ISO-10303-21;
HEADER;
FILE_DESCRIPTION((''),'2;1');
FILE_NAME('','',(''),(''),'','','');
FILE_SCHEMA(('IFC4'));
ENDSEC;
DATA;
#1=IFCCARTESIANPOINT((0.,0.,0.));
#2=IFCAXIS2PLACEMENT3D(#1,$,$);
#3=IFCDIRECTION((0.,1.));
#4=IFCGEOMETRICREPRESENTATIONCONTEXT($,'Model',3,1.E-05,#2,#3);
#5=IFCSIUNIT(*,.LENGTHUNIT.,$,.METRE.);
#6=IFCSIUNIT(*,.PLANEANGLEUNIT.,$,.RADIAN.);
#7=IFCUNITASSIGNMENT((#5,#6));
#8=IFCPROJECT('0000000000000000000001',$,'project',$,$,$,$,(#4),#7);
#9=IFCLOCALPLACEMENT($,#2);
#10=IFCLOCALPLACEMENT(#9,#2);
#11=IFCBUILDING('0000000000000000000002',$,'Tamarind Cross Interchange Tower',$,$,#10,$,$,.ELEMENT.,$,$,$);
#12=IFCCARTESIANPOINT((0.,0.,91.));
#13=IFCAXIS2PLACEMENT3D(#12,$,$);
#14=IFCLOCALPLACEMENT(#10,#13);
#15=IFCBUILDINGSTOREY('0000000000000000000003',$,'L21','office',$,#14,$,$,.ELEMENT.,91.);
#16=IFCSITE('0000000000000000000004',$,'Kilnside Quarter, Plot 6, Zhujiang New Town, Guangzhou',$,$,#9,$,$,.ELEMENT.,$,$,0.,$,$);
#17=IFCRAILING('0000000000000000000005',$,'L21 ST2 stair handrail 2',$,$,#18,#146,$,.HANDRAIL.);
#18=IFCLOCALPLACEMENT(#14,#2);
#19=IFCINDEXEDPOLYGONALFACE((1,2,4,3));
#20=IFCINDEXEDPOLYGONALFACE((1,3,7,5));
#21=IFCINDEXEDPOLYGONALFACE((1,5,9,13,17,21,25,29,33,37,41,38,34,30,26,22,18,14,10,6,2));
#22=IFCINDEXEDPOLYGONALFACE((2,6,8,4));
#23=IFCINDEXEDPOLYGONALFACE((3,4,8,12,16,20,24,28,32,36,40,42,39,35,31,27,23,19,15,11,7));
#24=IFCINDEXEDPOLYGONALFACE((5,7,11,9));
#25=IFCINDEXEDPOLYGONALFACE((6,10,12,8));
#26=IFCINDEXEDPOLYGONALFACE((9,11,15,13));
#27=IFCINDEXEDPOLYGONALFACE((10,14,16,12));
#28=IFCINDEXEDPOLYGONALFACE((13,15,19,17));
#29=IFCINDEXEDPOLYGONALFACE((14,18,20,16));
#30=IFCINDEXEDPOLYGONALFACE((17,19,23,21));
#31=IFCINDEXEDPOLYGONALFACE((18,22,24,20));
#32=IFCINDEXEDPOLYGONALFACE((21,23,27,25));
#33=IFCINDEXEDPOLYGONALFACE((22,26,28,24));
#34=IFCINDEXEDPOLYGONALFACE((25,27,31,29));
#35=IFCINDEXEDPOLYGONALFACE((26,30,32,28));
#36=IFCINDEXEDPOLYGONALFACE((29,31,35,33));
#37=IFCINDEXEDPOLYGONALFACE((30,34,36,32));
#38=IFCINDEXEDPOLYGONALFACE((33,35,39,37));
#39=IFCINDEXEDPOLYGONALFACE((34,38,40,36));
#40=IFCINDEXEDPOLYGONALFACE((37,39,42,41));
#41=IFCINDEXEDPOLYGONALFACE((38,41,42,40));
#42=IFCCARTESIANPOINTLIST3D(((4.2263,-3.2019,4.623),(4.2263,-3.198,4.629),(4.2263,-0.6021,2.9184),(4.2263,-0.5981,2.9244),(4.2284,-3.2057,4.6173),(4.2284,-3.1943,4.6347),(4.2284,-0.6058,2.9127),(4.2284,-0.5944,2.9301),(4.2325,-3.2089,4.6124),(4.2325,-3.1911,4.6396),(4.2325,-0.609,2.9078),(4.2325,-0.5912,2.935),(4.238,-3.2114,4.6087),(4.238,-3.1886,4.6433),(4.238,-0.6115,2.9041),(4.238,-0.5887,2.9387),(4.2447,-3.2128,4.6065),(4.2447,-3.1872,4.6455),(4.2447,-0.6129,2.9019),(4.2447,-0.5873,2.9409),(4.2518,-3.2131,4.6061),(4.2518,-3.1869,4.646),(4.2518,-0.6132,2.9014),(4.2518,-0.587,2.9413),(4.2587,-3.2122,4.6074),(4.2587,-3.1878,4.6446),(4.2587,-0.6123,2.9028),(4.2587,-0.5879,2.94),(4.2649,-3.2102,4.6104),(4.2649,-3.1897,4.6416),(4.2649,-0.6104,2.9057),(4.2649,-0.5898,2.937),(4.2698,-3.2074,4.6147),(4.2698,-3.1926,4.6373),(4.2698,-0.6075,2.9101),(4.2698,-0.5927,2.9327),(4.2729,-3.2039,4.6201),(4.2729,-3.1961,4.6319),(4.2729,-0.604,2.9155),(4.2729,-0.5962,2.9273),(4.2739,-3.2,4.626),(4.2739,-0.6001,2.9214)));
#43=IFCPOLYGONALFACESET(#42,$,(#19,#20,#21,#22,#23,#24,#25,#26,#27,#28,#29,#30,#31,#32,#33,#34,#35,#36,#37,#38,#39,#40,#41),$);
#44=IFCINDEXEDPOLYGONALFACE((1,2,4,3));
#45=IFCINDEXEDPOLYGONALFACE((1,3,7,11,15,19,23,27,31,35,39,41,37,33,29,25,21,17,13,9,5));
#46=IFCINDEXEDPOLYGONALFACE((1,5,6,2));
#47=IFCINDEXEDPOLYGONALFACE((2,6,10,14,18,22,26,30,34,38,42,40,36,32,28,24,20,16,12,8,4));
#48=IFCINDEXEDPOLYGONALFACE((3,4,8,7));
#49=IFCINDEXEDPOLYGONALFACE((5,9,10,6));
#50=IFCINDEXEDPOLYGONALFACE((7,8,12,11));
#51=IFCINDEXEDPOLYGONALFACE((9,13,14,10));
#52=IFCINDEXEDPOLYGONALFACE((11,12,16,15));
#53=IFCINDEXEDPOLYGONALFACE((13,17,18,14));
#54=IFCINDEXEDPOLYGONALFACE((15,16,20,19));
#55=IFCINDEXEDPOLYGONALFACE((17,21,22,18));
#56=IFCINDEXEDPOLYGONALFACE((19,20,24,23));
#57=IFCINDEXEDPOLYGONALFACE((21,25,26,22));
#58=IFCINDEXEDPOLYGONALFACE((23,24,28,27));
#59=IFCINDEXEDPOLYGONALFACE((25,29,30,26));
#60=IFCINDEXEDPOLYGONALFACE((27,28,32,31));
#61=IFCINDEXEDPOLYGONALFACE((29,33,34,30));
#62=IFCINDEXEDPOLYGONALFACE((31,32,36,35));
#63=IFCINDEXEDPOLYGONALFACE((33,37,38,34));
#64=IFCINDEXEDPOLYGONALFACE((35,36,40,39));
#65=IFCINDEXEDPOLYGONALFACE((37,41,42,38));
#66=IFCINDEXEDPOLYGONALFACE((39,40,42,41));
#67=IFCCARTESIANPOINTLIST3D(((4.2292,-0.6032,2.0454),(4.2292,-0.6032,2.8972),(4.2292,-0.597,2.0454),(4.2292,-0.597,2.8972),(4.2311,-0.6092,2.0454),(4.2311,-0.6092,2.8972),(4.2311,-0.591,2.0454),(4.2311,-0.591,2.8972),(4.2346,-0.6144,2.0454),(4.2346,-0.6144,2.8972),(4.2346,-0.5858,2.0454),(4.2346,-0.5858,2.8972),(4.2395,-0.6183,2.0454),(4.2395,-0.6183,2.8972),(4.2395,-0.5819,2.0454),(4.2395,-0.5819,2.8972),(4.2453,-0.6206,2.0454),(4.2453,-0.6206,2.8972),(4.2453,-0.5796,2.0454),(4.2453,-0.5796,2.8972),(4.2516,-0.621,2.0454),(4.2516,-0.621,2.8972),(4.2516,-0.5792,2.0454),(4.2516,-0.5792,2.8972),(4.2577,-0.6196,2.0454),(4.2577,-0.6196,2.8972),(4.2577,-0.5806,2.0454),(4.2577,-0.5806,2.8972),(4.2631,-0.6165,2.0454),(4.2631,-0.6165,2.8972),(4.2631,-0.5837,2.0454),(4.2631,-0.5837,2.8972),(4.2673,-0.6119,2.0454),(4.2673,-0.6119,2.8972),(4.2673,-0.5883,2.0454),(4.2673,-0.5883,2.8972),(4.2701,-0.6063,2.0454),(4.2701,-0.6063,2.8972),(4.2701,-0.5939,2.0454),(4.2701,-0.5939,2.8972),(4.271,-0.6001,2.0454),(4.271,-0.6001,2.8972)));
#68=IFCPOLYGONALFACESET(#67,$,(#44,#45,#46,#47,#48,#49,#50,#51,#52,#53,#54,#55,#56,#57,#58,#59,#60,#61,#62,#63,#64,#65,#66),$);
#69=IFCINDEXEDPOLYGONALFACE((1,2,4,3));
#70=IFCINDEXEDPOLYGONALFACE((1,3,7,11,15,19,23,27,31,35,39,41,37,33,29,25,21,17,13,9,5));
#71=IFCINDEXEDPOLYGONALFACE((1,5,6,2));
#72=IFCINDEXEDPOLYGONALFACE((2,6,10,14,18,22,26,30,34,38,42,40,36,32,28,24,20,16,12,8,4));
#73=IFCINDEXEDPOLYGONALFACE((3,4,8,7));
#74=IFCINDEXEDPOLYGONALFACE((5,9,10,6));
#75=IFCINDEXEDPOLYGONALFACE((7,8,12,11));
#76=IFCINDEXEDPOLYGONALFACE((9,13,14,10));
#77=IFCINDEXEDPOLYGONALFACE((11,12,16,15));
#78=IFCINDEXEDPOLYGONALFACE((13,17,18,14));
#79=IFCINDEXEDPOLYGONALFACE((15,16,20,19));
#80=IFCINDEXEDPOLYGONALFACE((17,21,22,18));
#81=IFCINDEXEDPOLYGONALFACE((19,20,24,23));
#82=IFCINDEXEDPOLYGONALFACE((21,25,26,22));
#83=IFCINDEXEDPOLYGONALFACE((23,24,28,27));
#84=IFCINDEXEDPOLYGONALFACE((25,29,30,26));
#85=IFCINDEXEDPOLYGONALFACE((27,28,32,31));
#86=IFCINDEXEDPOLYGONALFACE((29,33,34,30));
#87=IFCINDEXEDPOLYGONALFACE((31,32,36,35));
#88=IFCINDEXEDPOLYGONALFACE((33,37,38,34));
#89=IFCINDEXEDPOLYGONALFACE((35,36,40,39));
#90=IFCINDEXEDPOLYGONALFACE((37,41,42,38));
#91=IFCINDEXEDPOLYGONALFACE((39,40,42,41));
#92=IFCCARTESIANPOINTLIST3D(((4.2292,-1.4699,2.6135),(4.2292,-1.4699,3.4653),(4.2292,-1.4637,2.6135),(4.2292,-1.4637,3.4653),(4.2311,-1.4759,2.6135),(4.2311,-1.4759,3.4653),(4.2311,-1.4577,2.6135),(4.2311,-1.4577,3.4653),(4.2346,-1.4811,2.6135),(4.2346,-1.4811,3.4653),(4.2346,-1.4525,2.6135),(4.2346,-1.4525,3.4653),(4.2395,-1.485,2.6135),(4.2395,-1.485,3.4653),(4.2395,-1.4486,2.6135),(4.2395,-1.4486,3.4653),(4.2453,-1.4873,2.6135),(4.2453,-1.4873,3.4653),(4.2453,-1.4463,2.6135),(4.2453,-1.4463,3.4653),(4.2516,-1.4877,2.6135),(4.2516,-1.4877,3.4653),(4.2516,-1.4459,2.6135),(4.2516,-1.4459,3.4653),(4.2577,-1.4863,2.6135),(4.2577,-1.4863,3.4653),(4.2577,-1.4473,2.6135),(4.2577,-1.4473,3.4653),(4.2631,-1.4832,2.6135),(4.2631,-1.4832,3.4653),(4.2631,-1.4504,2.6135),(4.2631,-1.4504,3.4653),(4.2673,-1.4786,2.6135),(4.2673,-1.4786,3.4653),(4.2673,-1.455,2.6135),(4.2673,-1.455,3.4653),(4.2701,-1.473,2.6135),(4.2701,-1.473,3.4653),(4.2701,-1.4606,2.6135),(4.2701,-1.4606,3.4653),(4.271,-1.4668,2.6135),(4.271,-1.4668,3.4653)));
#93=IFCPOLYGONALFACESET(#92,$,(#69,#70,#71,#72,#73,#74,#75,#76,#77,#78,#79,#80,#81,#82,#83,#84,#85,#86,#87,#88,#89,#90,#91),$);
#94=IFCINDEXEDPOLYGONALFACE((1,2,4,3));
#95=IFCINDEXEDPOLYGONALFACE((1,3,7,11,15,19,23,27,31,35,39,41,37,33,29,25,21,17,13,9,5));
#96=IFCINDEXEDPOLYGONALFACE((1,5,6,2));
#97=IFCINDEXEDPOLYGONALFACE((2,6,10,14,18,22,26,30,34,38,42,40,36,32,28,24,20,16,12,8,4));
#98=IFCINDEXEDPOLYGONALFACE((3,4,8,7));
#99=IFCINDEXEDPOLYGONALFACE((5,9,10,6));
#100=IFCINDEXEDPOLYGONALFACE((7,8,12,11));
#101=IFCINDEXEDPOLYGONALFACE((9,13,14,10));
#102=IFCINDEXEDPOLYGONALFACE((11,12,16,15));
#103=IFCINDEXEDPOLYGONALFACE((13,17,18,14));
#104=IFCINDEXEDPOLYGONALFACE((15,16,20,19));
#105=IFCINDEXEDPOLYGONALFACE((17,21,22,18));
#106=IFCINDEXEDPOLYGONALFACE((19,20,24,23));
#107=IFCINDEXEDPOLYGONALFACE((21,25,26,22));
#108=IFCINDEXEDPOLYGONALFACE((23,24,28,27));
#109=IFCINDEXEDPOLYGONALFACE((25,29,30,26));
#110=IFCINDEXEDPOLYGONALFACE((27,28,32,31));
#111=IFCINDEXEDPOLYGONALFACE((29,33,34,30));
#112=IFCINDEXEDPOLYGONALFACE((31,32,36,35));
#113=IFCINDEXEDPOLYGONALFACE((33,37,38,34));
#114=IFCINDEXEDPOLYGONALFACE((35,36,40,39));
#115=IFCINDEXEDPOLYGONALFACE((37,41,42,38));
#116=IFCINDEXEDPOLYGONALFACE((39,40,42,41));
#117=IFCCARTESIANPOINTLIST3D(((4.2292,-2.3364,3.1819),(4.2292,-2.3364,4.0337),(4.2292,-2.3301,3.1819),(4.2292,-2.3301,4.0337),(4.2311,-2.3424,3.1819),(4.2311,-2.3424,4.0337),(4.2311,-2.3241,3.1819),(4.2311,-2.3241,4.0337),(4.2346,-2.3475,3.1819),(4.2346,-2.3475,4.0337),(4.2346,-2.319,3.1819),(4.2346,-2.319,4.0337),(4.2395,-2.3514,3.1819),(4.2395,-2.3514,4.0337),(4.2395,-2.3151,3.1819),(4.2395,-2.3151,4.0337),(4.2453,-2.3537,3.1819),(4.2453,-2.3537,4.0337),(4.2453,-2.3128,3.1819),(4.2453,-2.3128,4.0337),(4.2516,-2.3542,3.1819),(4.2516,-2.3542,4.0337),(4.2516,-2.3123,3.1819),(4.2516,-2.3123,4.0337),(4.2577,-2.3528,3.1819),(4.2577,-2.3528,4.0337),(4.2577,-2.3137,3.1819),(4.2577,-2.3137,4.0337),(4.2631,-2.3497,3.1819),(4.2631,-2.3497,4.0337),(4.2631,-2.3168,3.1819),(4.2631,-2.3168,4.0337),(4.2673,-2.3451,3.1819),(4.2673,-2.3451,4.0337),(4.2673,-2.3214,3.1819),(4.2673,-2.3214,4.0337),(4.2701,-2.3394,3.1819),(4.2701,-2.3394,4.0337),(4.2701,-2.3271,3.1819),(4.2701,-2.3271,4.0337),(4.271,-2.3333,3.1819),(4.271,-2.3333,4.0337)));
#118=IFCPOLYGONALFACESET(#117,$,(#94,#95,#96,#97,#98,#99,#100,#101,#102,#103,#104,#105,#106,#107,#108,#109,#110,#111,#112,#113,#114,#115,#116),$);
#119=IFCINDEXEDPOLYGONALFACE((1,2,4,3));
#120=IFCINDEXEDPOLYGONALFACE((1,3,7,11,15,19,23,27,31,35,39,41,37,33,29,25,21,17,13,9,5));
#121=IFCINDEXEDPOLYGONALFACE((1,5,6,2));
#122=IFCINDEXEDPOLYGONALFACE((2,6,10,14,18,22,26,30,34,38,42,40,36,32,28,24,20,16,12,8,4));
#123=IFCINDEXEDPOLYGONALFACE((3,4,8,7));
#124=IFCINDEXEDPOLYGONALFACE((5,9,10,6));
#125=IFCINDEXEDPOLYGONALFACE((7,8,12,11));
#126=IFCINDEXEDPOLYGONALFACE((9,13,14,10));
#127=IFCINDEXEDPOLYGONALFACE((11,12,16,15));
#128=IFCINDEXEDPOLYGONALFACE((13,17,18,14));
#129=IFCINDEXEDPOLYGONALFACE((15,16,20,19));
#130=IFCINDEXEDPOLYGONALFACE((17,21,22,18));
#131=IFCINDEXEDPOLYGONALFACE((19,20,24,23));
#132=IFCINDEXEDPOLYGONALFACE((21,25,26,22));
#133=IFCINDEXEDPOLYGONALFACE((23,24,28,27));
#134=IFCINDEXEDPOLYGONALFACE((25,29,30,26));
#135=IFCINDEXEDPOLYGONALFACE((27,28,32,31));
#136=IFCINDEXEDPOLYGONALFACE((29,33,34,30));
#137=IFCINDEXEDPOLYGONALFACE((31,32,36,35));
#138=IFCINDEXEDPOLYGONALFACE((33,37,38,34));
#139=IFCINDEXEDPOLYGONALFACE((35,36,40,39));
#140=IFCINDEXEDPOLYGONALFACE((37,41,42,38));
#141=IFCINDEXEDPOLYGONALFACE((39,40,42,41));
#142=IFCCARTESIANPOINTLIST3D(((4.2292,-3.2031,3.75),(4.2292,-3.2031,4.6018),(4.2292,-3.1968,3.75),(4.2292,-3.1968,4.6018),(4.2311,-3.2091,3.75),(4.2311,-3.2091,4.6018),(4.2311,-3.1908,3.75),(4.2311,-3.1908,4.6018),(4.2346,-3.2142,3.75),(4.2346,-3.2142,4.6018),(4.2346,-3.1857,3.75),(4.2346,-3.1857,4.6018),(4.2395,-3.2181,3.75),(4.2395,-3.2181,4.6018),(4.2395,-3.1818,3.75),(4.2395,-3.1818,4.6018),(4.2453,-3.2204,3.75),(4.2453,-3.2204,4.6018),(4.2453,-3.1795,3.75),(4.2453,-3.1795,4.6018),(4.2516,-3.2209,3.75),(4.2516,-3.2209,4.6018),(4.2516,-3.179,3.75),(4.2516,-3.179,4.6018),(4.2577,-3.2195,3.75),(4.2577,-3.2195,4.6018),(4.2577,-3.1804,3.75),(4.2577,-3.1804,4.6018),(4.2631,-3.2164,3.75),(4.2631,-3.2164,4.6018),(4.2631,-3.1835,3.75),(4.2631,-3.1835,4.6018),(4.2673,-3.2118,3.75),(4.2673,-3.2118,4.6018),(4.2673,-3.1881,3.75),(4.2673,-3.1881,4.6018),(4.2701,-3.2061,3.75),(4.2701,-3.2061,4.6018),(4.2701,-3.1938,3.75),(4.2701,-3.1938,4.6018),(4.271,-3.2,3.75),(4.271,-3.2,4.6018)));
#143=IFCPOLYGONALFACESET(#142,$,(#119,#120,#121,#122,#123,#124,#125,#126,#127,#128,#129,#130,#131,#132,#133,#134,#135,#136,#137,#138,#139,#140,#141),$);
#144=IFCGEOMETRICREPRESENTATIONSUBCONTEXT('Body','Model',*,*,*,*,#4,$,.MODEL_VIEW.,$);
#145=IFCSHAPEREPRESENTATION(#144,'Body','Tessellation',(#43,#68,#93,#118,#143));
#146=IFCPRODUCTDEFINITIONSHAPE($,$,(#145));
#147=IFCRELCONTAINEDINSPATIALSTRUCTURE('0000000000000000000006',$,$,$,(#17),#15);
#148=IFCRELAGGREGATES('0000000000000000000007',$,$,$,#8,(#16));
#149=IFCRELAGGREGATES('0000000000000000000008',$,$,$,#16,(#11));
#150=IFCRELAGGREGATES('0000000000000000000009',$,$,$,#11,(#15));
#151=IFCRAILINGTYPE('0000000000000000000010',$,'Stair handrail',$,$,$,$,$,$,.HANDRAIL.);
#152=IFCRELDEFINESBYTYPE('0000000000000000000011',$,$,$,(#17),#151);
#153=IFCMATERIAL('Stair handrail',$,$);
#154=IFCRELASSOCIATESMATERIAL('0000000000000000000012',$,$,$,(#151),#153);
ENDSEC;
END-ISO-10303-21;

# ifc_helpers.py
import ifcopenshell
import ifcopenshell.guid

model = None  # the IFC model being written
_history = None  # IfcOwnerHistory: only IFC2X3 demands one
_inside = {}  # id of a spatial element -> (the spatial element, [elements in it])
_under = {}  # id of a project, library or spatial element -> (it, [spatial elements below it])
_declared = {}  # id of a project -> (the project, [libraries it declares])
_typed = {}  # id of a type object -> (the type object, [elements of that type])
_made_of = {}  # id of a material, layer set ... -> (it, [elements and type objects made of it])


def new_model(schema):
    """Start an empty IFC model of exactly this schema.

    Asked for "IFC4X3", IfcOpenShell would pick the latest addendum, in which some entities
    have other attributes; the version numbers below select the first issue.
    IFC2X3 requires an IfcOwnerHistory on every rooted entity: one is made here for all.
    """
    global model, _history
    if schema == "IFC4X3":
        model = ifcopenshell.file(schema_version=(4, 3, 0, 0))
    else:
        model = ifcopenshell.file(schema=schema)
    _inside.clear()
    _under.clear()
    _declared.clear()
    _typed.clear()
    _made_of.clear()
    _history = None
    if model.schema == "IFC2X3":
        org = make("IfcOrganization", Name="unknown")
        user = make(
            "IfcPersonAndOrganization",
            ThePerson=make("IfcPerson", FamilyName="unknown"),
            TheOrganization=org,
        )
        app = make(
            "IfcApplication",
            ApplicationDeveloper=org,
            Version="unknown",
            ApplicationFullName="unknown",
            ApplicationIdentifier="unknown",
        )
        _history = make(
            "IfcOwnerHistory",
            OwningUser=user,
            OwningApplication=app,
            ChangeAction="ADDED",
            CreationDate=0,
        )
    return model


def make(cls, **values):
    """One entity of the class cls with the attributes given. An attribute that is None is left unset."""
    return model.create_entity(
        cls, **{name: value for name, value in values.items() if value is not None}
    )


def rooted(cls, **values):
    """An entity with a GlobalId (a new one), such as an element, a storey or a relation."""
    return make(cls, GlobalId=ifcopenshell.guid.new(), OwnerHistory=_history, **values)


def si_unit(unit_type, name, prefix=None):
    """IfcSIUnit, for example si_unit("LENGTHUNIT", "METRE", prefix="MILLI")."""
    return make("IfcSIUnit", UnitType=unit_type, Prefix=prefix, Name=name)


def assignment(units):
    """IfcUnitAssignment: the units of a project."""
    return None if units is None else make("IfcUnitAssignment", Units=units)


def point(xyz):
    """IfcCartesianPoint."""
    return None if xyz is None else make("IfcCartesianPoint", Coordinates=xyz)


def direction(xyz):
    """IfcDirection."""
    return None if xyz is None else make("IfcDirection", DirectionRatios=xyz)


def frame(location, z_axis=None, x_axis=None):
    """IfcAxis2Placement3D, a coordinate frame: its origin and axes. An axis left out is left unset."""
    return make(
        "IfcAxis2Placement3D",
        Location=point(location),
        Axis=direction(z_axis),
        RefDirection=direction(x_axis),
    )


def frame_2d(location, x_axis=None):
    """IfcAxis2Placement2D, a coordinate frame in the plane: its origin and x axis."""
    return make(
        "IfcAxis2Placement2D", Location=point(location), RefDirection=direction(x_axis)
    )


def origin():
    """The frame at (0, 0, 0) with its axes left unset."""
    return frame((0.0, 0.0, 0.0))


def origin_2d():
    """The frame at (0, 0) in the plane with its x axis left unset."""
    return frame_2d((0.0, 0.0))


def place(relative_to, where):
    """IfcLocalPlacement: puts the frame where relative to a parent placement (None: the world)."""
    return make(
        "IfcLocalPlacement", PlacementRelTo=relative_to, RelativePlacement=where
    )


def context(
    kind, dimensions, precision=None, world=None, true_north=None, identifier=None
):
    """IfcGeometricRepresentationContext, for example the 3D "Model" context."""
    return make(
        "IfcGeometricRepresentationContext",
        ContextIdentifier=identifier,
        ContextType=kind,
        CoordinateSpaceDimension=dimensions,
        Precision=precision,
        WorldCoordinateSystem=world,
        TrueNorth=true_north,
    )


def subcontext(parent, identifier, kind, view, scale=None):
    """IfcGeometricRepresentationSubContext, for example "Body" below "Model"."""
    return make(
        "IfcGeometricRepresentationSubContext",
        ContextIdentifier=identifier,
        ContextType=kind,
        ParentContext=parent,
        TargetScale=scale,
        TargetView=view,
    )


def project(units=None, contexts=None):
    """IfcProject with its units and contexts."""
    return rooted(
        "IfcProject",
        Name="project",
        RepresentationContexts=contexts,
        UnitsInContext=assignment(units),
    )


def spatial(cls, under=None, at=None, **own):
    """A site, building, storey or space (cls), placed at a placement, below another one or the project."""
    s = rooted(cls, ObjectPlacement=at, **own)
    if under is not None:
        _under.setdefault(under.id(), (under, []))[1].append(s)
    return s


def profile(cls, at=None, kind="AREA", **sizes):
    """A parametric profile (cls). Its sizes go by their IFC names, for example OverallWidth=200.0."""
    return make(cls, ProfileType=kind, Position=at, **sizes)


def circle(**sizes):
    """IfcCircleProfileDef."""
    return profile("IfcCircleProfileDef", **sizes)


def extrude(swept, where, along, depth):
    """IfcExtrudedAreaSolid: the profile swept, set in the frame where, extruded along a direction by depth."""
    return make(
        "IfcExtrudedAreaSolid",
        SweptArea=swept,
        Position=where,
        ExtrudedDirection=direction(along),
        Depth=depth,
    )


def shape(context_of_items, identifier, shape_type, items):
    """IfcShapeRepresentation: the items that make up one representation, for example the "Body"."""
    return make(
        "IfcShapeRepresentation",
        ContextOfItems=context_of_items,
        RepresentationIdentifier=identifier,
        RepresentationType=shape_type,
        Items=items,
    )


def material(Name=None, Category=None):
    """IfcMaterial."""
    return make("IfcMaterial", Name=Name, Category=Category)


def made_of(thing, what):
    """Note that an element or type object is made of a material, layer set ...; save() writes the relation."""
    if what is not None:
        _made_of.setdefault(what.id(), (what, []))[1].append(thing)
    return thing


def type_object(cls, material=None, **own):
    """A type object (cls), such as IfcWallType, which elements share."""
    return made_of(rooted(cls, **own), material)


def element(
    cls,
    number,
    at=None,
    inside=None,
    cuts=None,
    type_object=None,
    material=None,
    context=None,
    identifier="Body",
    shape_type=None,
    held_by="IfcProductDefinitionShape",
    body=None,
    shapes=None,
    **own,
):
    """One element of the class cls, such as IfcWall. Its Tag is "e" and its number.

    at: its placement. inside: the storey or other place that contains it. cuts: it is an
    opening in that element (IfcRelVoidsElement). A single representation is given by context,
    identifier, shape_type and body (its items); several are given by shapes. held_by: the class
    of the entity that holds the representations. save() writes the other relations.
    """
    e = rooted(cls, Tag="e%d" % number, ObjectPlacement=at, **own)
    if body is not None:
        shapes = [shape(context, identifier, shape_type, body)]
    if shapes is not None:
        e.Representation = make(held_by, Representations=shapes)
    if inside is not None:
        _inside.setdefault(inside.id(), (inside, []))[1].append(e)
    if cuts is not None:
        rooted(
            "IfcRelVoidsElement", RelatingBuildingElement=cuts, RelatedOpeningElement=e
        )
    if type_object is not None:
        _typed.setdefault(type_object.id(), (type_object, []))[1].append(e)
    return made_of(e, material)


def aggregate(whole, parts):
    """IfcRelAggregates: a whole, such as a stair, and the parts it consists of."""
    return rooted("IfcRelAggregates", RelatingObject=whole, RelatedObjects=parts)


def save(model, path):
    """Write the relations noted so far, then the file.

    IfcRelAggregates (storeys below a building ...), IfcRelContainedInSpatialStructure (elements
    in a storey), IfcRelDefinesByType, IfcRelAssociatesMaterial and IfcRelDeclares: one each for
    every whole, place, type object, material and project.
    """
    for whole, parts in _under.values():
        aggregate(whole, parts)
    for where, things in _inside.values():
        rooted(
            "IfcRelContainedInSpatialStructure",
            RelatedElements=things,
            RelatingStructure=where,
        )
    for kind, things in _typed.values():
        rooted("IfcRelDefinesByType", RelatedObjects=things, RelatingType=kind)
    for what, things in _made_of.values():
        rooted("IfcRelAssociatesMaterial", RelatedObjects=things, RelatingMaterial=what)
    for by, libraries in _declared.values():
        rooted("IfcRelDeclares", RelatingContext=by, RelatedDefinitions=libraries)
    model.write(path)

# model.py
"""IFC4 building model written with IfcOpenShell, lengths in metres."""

from ifc_helpers import new_model, si_unit, direction, frame, origin, origin_2d, place, context, subcontext, project, spatial, circle, extrude, material, type_object, element, save


model = new_model("IFC4")

# Units and contexts
model_context = context("Model", 3, precision=1e-05, world=origin(), true_north=direction((0.0, 1.0)))
body_context = subcontext(model_context, "Body", "Model", "MODEL_VIEW")
ifc_project = project(units=[si_unit("LENGTHUNIT", "METRE"), si_unit("PLANEANGLEUNIT", "RADIAN")], contexts=[model_context])

# Site, building, storey
site_placement = place(None, origin())
site = spatial("IfcSite", under=ifc_project, at=site_placement, Name="Kilnside Quarter, Plot 6, Zhujiang New Town, Guangzhou", CompositionType="ELEMENT", RefElevation=0.0)
building_placement = place(site_placement, origin())
building = spatial("IfcBuilding", under=site, at=building_placement, Name="Tamarind Cross Interchange Tower", CompositionType="ELEMENT")
storey_placement = place(building_placement, frame((0.0, 0.0, 91.0)))
storey = spatial("IfcBuildingStorey", under=building, at=storey_placement, Name="L21", Description="office", CompositionType="ELEMENT", Elevation=91.0)

# Railing
ifc_material_1 = material(Name="Stair handrail")
railing_type = type_object("IfcRailingType", Name="Stair handrail", PredefinedType="HANDRAIL", material=ifc_material_1)
railing_placement = place(storey_placement, frame((4.25, -0.6001, 2.0454)))
element("IfcRailing", 1, at=railing_placement, inside=storey, type_object=railing_type, Name="L21 ST2 stair handrail 2", PredefinedType="HANDRAIL", context=body_context, shape_type="SweptSolid", body=[
    extrude(circle(Radius=0.0239, at=origin_2d()), frame((0.0, 0.0, 0.876), z_axis=(0.0, -0.836279, 0.548305), x_axis=(1.0, 0.0, 0.0)), (0.0, 0.0, 1.0), 3.1089),
    extrude(circle(Radius=0.021, at=origin_2d()), origin(), (0.0, 0.0, 1.0), 0.8518),
    extrude(circle(Radius=0.021, at=origin_2d()), frame((0.0, -0.8667, 0.5681)), (0.0, 0.0, 1.0), 0.8518),
    extrude(circle(Radius=0.021, at=origin_2d()), frame((0.0, -1.7332, 1.1365)), (0.0, 0.0, 1.0), 0.8518),
    extrude(circle(Radius=0.021, at=origin_2d()), frame((0.0, -2.5999, 1.7046)), (0.0, 0.0, 1.0), 0.8518),
])

save(model, "model.ifc")
